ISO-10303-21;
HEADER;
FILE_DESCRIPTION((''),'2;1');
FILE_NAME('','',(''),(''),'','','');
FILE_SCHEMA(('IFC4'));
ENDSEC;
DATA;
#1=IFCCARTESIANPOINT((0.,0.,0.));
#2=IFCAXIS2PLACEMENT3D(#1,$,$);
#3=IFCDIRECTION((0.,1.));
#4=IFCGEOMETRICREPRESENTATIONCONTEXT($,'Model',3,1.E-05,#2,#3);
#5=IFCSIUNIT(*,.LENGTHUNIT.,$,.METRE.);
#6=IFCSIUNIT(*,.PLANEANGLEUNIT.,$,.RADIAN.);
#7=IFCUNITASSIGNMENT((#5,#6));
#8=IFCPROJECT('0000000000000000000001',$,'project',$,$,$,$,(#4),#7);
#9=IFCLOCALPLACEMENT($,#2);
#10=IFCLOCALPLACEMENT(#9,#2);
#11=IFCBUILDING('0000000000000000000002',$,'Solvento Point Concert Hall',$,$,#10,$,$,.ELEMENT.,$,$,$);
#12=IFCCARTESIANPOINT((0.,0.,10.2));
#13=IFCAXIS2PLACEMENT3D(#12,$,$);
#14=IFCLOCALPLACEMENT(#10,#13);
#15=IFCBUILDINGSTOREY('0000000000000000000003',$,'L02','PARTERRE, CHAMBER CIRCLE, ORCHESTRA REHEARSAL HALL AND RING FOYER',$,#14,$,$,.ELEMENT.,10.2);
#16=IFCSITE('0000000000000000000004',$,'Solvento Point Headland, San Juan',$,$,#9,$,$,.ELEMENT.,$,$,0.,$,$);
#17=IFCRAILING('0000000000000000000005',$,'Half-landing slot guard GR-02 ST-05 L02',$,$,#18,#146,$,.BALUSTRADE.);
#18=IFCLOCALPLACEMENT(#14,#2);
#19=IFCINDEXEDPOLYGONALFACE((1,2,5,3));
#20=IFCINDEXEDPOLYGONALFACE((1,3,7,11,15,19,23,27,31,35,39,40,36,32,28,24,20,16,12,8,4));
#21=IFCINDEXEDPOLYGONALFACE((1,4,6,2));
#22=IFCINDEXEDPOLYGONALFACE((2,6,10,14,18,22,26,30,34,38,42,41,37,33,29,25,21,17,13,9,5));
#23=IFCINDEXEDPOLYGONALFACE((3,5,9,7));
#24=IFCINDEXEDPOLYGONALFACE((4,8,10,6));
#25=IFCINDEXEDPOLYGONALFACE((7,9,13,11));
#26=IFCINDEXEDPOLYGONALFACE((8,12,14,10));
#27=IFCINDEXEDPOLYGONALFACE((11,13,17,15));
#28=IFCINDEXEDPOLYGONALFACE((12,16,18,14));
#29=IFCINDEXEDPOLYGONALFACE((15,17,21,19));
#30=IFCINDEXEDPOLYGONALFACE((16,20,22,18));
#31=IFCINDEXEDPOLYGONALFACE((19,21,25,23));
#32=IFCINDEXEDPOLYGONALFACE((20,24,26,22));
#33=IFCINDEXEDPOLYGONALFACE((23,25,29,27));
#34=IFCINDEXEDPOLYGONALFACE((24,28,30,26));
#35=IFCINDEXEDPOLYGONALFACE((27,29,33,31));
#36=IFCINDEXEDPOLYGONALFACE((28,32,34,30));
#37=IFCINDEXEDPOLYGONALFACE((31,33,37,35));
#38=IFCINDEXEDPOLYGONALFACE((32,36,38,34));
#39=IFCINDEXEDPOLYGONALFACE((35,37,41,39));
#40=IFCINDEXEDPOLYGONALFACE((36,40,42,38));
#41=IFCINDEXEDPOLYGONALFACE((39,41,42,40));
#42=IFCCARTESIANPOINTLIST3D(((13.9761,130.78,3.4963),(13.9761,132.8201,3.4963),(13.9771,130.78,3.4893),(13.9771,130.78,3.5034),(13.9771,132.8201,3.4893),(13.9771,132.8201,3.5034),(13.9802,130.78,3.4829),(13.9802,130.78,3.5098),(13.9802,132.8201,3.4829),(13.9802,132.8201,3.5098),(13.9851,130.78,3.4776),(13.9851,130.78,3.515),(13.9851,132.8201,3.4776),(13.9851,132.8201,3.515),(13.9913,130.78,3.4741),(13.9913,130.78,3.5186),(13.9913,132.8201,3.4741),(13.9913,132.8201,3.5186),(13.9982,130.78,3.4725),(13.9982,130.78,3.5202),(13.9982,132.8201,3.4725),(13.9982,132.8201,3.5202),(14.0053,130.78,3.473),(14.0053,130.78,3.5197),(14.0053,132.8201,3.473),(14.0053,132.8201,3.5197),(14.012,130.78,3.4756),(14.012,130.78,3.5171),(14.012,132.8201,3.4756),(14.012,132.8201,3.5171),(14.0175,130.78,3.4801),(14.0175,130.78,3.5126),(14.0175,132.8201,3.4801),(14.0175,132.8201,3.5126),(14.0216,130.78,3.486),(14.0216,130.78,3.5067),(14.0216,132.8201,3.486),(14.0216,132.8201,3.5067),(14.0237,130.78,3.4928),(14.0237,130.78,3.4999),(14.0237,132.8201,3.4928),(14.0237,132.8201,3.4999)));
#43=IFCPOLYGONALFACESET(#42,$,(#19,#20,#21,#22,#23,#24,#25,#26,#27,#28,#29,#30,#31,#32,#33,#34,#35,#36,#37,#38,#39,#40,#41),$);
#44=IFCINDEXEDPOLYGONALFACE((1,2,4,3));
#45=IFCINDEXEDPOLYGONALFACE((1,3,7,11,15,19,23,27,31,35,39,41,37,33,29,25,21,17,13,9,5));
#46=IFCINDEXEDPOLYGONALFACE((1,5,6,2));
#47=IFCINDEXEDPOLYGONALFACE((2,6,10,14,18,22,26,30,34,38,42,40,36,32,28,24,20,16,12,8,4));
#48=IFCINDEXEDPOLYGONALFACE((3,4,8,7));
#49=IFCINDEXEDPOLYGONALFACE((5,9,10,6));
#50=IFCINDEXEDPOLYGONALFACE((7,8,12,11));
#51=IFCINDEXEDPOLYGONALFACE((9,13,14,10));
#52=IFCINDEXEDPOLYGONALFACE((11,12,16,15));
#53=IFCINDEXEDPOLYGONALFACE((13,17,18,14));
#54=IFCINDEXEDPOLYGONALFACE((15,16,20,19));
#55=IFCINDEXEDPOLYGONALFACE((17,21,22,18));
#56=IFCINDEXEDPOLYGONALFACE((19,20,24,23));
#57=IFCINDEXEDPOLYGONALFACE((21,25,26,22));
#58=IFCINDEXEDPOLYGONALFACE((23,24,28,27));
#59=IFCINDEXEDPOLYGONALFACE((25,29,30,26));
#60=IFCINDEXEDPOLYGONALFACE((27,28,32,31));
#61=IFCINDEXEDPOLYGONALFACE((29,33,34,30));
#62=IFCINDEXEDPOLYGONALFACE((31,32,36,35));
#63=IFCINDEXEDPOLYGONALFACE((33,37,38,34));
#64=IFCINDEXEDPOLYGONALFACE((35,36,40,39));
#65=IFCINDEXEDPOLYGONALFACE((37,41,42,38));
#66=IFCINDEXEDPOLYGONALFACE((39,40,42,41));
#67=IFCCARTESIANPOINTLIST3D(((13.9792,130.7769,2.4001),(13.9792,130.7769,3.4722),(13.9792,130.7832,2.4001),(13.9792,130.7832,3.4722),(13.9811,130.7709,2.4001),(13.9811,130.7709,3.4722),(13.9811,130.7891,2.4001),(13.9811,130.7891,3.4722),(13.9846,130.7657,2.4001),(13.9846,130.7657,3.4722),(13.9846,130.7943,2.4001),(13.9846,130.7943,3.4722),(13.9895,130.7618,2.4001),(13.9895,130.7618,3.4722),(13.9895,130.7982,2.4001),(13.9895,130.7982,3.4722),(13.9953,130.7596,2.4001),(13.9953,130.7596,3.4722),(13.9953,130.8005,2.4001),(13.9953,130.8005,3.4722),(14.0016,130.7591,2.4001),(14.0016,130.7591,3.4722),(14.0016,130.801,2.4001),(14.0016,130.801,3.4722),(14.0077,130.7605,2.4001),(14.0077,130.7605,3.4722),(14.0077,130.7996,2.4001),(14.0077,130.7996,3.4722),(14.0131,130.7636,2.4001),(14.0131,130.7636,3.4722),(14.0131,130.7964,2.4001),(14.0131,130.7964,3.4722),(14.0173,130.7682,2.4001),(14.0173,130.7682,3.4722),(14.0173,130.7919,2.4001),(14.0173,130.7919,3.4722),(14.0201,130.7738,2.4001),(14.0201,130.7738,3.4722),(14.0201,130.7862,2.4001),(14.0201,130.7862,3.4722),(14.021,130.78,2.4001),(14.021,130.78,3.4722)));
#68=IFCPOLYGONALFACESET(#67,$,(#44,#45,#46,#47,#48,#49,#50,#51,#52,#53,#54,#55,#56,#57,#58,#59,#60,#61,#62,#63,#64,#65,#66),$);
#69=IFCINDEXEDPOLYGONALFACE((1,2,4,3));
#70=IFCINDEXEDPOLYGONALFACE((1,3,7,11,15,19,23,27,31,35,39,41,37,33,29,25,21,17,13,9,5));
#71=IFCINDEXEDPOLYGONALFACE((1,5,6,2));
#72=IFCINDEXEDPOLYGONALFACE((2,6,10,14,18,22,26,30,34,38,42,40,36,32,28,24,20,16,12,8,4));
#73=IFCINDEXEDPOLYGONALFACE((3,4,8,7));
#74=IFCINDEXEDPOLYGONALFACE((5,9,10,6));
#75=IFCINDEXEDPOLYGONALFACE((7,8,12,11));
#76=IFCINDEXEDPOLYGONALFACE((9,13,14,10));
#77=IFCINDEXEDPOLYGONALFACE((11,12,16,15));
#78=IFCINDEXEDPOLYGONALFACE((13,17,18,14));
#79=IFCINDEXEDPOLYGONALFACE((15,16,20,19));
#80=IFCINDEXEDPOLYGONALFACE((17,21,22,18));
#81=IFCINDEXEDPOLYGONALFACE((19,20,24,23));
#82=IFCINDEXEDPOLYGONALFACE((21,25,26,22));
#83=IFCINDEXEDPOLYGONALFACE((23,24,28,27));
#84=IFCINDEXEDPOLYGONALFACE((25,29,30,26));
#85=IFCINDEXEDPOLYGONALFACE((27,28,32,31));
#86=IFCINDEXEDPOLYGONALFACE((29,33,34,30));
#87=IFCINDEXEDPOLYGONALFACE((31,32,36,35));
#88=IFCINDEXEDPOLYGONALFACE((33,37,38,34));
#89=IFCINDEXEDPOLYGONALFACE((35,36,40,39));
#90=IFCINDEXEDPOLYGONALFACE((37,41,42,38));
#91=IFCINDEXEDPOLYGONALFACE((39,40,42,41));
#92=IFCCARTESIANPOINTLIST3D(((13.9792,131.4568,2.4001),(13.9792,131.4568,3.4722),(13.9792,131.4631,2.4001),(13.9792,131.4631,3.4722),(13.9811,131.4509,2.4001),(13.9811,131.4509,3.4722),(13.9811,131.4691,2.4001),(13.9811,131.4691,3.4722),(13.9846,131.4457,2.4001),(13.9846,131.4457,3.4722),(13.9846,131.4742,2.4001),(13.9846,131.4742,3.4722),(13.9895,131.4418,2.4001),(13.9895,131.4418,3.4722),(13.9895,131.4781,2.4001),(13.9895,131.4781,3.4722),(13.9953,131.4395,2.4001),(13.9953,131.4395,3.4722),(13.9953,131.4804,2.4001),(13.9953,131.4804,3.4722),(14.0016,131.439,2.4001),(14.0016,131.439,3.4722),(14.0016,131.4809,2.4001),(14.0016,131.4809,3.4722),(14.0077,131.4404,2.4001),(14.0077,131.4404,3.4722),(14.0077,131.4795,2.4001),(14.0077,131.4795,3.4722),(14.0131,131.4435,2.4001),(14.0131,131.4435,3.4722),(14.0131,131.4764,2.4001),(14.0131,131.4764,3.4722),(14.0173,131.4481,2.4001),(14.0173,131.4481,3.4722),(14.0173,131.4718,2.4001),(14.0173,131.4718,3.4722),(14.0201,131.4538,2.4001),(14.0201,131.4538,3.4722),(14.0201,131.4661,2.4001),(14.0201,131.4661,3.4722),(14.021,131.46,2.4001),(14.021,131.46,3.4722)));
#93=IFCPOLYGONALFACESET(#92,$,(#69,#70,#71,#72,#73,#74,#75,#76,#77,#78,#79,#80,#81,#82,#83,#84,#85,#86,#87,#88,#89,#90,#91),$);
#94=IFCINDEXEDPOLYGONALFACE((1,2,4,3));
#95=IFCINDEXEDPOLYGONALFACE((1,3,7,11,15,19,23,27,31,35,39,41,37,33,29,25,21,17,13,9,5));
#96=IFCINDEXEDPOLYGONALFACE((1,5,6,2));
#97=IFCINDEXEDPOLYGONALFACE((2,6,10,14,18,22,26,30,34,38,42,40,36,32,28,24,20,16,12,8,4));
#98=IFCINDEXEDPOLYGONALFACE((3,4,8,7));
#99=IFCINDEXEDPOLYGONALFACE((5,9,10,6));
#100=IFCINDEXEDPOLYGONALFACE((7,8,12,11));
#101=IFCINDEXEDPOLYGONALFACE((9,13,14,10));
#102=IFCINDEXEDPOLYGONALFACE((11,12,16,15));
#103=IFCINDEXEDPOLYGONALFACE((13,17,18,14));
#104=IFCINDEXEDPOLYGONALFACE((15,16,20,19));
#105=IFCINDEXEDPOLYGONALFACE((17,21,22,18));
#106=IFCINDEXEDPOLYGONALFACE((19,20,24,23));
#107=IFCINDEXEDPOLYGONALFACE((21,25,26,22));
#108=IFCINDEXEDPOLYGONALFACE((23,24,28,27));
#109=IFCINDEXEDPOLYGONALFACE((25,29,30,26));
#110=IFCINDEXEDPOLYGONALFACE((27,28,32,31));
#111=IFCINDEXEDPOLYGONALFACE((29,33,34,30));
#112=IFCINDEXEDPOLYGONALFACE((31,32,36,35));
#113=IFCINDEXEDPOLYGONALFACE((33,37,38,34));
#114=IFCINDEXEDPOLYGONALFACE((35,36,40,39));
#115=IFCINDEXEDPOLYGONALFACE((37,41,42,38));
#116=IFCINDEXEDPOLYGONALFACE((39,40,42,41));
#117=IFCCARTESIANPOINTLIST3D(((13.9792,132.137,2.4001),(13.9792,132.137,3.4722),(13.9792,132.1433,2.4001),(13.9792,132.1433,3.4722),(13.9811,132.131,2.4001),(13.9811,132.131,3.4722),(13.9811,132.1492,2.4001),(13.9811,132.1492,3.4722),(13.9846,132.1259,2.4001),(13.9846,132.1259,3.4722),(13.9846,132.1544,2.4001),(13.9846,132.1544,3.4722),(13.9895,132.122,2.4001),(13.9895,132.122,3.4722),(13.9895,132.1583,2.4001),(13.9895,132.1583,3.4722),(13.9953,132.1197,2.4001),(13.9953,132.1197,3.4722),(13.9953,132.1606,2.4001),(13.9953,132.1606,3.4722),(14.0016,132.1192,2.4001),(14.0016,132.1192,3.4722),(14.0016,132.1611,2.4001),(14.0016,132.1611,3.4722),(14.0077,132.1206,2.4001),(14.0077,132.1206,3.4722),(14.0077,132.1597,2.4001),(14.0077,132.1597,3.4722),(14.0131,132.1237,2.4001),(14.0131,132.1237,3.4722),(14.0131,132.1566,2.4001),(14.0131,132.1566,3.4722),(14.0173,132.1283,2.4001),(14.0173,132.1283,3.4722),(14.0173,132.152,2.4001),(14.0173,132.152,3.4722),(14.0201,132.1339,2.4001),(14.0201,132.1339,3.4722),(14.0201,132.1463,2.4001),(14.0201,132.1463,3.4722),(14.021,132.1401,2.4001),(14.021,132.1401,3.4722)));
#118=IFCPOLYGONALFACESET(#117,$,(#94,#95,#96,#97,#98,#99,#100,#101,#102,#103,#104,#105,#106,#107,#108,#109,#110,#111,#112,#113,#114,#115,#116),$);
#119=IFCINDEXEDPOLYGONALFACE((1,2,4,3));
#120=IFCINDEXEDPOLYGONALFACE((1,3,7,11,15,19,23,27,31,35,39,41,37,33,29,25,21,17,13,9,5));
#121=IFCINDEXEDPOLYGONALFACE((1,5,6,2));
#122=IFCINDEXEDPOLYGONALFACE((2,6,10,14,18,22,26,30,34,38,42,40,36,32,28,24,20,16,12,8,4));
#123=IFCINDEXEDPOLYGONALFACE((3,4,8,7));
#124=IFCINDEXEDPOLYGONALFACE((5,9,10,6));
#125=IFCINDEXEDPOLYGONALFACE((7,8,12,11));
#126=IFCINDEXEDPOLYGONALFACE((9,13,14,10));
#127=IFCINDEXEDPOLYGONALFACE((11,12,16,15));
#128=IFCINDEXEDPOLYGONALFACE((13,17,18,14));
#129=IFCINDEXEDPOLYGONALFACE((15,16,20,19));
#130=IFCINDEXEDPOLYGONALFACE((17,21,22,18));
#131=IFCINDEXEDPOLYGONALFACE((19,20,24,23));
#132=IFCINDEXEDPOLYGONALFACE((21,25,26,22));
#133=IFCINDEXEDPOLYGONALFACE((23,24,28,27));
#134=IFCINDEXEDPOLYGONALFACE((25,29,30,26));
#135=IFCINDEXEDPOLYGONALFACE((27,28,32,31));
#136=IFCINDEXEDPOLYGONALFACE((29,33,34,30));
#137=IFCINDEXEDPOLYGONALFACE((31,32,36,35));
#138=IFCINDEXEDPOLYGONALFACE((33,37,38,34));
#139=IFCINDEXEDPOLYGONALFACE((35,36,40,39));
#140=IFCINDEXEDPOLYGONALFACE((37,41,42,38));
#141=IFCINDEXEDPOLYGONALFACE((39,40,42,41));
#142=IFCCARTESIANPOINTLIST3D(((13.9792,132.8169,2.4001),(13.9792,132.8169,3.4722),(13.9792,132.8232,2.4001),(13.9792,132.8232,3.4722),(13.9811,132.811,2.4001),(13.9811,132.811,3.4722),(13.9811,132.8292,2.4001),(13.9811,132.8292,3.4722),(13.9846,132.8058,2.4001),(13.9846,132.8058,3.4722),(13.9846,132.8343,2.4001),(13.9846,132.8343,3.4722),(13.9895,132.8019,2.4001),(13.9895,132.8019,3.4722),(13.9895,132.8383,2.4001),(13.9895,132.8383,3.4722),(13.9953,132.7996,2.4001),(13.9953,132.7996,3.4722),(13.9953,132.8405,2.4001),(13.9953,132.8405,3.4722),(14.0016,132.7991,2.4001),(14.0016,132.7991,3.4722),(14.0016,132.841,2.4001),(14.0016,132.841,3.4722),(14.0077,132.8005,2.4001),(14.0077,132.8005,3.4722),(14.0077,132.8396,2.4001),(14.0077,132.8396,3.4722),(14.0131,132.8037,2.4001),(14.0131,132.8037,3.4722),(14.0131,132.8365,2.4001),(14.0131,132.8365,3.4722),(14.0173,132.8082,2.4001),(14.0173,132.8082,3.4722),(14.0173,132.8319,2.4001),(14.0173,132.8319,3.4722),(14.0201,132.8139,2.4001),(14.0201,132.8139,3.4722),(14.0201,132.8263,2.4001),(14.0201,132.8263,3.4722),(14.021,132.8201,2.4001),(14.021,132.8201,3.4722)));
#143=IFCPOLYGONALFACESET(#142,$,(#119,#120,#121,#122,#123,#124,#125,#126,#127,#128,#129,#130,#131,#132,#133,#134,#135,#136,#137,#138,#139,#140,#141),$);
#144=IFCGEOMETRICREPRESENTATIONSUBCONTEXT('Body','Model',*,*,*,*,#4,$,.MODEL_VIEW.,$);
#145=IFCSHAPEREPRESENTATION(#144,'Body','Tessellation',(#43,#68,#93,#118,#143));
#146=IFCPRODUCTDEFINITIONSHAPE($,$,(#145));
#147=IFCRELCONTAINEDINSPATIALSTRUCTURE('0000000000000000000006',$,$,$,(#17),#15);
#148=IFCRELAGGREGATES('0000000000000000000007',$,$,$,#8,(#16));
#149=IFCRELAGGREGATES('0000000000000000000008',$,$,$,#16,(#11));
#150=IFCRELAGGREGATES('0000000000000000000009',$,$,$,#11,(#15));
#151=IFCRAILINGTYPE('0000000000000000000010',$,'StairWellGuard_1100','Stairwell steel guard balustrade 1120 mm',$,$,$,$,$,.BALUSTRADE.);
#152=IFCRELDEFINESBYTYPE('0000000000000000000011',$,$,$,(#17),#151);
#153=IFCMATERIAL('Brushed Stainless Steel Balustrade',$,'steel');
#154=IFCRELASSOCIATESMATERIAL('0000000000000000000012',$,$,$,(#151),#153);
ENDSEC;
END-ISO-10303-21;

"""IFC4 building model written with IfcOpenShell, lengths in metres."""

from ifc_helpers import new_model, si_unit, direction, frame, origin, origin_2d, place, context, subcontext, project, spatial, circle, extrude, material, type_object, element, save


model = new_model("IFC4")

# Units and contexts
model_context = context("Model", 3, precision=1e-05, world=origin(), true_north=direction((0.0, 1.0)))
body_context = subcontext(model_context, "Body", "Model", "MODEL_VIEW")
ifc_project = project(units=[si_unit("LENGTHUNIT", "METRE"), si_unit("PLANEANGLEUNIT", "RADIAN")], contexts=[model_context])

# Site, building, storey
site_placement = place(None, origin())
site = spatial("IfcSite", under=ifc_project, at=site_placement, Name="Solvento Point Headland, San Juan", CompositionType="ELEMENT", RefElevation=0.0)
building_placement = place(site_placement, origin())
building = spatial("IfcBuilding", under=site, at=building_placement, Name="Solvento Point Concert Hall", CompositionType="ELEMENT")
storey_placement = place(building_placement, frame((0.0, 0.0, 10.2)))
storey = spatial("IfcBuildingStorey", under=building, at=storey_placement, Name="L02", Description="PARTERRE, CHAMBER CIRCLE, ORCHESTRA REHEARSAL HALL AND RING FOYER", CompositionType="ELEMENT", Elevation=10.2)

# Railing
ifc_material_1 = material(Name="Brushed Stainless Steel Balustrade", Category="steel")
railing_type_1 = type_object("IfcRailingType", Name="StairWellGuard_1100", Description="Stairwell steel guard balustrade 1120 mm", PredefinedType="BALUSTRADE", material=ifc_material_1)
railing_1_placement = place(storey_placement, frame((14.0, 130.78, 2.4001)))
element("IfcRailing", 1, at=railing_1_placement, inside=storey, type_object=railing_type_1, Name="Half-landing slot guard GR-02 ST-05 L02", PredefinedType="BALUSTRADE", context=body_context, shape_type="SweptSolid", body=[
    extrude(circle(Radius=0.0239, at=origin_2d()), frame((0.0, 0.0, 1.0962), z_axis=(0.0, 1.0, 0.0), x_axis=(-1.0, 0.0, 0.0)), (0.0, 0.0, 1.0), 2.04),
    extrude(circle(Radius=0.021, at=origin_2d()), origin(), (0.0, 0.0, 1.0), 1.072),
    extrude(circle(Radius=0.021, at=origin_2d()), frame((0.0, 0.6799, 0.0)), (0.0, 0.0, 1.0), 1.072),
    extrude(circle(Radius=0.021, at=origin_2d()), frame((0.0, 1.3601, 0.0)), (0.0, 0.0, 1.0), 1.072),
    extrude(circle(Radius=0.021, at=origin_2d()), frame((0.0, 2.04, 0.0)), (0.0, 0.0, 1.0), 1.072),
])

save(model, "model.ifc")
